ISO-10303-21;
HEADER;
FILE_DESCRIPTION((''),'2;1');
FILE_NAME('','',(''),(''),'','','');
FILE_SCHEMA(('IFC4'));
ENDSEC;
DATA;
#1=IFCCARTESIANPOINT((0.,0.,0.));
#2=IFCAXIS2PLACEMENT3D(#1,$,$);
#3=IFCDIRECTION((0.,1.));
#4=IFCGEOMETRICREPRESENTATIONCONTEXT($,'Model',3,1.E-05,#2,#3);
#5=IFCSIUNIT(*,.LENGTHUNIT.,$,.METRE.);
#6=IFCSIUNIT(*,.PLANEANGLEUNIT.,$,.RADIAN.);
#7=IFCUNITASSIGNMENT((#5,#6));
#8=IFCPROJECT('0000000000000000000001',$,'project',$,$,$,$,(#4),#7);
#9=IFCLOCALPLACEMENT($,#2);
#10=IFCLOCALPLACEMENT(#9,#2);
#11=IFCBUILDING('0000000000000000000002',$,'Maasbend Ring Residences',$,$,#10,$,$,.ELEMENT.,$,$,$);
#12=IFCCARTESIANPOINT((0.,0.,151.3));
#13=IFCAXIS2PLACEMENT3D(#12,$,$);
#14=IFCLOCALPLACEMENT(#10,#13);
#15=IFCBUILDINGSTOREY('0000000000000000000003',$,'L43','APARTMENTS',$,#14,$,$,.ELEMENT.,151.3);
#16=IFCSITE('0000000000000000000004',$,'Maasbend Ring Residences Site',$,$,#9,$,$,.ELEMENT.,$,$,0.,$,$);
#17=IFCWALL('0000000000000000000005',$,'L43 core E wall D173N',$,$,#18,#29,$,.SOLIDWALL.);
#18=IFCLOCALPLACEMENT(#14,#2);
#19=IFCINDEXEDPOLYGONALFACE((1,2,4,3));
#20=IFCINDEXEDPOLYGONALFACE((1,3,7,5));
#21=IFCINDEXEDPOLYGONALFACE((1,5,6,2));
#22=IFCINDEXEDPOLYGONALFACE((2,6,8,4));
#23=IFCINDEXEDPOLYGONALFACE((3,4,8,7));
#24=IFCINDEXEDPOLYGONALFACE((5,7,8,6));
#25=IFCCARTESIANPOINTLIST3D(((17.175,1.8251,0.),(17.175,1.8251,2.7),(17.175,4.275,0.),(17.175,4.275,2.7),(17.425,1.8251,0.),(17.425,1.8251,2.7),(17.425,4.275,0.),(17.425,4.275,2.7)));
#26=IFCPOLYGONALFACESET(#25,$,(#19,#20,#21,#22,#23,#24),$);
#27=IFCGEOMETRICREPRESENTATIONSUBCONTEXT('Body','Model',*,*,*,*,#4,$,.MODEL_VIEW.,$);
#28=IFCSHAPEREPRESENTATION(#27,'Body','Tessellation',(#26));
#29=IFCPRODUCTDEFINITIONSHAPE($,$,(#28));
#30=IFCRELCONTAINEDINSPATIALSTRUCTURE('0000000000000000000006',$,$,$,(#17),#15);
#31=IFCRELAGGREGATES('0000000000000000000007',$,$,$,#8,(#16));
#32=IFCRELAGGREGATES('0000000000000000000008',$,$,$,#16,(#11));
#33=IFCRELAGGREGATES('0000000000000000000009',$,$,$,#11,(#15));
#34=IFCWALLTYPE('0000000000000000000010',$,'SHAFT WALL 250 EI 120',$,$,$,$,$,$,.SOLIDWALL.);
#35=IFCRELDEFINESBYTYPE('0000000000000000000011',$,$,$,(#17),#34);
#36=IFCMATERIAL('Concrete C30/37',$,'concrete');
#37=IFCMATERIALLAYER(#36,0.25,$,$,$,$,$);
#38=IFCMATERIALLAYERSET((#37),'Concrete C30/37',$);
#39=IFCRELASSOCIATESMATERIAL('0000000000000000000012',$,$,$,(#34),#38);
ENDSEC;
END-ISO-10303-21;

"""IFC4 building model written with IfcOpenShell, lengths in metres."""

from ifc_helpers import new_model, si_unit, direction, frame, frame_2d, origin, place, context, subcontext, project, spatial, rectangle, extrude, material, layer, layer_set, type_object, element, save


model = new_model("IFC4")

# Units and contexts
model_context = context("Model", 3, precision=1e-05, world=origin(), true_north=direction((0.0, 1.0)))
body_context = subcontext(model_context, "Body", "Model", "MODEL_VIEW")
ifc_project = project(units=[si_unit("LENGTHUNIT", "METRE"), si_unit("PLANEANGLEUNIT", "RADIAN")], contexts=[model_context])

# Site, building, storey
site_placement = place(None, origin())
site = spatial("IfcSite", under=ifc_project, at=site_placement, Name="Maasbend Ring Residences Site", CompositionType="ELEMENT", RefElevation=0.0)
building_placement = place(site_placement, origin())
building = spatial("IfcBuilding", under=site, at=building_placement, Name="Maasbend Ring Residences", CompositionType="ELEMENT")
storey_placement = place(building_placement, frame((0.0, 0.0, 151.3)))
storey = spatial("IfcBuildingStorey", under=building, at=storey_placement, Name="L43", Description="APARTMENTS", CompositionType="ELEMENT", Elevation=151.3)

# Wall
ifc_material_1 = material(Name="Concrete C30/37", Category="concrete")
ifc_layer_1 = layer(ifc_material_1, 0.25)
ifc_layer_set_1 = layer_set([ifc_layer_1], Name="Concrete C30/37")
wall_type_1 = type_object("IfcWallType", Name="SHAFT WALL 250 EI 120", PredefinedType="SOLIDWALL", material=ifc_layer_set_1)
wall_1_placement = place(storey_placement, frame((17.3, 1.825, 0.0), z_axis=(0.0, 0.0, 1.0), x_axis=(0.0, 1.0, 0.0)))
element("IfcWall", 1, at=wall_1_placement, inside=storey, type_object=wall_type_1, Name="L43 core E wall D173N", PredefinedType="SOLIDWALL", context=body_context, shape_type="SweptSolid", body=[
    extrude(rectangle(XDim=2.45, YDim=0.25, at=frame_2d((1.2251, 0.0))), origin(), (0.0, 0.0, 1.0), 2.7),
])

save(model, "model.ifc")
